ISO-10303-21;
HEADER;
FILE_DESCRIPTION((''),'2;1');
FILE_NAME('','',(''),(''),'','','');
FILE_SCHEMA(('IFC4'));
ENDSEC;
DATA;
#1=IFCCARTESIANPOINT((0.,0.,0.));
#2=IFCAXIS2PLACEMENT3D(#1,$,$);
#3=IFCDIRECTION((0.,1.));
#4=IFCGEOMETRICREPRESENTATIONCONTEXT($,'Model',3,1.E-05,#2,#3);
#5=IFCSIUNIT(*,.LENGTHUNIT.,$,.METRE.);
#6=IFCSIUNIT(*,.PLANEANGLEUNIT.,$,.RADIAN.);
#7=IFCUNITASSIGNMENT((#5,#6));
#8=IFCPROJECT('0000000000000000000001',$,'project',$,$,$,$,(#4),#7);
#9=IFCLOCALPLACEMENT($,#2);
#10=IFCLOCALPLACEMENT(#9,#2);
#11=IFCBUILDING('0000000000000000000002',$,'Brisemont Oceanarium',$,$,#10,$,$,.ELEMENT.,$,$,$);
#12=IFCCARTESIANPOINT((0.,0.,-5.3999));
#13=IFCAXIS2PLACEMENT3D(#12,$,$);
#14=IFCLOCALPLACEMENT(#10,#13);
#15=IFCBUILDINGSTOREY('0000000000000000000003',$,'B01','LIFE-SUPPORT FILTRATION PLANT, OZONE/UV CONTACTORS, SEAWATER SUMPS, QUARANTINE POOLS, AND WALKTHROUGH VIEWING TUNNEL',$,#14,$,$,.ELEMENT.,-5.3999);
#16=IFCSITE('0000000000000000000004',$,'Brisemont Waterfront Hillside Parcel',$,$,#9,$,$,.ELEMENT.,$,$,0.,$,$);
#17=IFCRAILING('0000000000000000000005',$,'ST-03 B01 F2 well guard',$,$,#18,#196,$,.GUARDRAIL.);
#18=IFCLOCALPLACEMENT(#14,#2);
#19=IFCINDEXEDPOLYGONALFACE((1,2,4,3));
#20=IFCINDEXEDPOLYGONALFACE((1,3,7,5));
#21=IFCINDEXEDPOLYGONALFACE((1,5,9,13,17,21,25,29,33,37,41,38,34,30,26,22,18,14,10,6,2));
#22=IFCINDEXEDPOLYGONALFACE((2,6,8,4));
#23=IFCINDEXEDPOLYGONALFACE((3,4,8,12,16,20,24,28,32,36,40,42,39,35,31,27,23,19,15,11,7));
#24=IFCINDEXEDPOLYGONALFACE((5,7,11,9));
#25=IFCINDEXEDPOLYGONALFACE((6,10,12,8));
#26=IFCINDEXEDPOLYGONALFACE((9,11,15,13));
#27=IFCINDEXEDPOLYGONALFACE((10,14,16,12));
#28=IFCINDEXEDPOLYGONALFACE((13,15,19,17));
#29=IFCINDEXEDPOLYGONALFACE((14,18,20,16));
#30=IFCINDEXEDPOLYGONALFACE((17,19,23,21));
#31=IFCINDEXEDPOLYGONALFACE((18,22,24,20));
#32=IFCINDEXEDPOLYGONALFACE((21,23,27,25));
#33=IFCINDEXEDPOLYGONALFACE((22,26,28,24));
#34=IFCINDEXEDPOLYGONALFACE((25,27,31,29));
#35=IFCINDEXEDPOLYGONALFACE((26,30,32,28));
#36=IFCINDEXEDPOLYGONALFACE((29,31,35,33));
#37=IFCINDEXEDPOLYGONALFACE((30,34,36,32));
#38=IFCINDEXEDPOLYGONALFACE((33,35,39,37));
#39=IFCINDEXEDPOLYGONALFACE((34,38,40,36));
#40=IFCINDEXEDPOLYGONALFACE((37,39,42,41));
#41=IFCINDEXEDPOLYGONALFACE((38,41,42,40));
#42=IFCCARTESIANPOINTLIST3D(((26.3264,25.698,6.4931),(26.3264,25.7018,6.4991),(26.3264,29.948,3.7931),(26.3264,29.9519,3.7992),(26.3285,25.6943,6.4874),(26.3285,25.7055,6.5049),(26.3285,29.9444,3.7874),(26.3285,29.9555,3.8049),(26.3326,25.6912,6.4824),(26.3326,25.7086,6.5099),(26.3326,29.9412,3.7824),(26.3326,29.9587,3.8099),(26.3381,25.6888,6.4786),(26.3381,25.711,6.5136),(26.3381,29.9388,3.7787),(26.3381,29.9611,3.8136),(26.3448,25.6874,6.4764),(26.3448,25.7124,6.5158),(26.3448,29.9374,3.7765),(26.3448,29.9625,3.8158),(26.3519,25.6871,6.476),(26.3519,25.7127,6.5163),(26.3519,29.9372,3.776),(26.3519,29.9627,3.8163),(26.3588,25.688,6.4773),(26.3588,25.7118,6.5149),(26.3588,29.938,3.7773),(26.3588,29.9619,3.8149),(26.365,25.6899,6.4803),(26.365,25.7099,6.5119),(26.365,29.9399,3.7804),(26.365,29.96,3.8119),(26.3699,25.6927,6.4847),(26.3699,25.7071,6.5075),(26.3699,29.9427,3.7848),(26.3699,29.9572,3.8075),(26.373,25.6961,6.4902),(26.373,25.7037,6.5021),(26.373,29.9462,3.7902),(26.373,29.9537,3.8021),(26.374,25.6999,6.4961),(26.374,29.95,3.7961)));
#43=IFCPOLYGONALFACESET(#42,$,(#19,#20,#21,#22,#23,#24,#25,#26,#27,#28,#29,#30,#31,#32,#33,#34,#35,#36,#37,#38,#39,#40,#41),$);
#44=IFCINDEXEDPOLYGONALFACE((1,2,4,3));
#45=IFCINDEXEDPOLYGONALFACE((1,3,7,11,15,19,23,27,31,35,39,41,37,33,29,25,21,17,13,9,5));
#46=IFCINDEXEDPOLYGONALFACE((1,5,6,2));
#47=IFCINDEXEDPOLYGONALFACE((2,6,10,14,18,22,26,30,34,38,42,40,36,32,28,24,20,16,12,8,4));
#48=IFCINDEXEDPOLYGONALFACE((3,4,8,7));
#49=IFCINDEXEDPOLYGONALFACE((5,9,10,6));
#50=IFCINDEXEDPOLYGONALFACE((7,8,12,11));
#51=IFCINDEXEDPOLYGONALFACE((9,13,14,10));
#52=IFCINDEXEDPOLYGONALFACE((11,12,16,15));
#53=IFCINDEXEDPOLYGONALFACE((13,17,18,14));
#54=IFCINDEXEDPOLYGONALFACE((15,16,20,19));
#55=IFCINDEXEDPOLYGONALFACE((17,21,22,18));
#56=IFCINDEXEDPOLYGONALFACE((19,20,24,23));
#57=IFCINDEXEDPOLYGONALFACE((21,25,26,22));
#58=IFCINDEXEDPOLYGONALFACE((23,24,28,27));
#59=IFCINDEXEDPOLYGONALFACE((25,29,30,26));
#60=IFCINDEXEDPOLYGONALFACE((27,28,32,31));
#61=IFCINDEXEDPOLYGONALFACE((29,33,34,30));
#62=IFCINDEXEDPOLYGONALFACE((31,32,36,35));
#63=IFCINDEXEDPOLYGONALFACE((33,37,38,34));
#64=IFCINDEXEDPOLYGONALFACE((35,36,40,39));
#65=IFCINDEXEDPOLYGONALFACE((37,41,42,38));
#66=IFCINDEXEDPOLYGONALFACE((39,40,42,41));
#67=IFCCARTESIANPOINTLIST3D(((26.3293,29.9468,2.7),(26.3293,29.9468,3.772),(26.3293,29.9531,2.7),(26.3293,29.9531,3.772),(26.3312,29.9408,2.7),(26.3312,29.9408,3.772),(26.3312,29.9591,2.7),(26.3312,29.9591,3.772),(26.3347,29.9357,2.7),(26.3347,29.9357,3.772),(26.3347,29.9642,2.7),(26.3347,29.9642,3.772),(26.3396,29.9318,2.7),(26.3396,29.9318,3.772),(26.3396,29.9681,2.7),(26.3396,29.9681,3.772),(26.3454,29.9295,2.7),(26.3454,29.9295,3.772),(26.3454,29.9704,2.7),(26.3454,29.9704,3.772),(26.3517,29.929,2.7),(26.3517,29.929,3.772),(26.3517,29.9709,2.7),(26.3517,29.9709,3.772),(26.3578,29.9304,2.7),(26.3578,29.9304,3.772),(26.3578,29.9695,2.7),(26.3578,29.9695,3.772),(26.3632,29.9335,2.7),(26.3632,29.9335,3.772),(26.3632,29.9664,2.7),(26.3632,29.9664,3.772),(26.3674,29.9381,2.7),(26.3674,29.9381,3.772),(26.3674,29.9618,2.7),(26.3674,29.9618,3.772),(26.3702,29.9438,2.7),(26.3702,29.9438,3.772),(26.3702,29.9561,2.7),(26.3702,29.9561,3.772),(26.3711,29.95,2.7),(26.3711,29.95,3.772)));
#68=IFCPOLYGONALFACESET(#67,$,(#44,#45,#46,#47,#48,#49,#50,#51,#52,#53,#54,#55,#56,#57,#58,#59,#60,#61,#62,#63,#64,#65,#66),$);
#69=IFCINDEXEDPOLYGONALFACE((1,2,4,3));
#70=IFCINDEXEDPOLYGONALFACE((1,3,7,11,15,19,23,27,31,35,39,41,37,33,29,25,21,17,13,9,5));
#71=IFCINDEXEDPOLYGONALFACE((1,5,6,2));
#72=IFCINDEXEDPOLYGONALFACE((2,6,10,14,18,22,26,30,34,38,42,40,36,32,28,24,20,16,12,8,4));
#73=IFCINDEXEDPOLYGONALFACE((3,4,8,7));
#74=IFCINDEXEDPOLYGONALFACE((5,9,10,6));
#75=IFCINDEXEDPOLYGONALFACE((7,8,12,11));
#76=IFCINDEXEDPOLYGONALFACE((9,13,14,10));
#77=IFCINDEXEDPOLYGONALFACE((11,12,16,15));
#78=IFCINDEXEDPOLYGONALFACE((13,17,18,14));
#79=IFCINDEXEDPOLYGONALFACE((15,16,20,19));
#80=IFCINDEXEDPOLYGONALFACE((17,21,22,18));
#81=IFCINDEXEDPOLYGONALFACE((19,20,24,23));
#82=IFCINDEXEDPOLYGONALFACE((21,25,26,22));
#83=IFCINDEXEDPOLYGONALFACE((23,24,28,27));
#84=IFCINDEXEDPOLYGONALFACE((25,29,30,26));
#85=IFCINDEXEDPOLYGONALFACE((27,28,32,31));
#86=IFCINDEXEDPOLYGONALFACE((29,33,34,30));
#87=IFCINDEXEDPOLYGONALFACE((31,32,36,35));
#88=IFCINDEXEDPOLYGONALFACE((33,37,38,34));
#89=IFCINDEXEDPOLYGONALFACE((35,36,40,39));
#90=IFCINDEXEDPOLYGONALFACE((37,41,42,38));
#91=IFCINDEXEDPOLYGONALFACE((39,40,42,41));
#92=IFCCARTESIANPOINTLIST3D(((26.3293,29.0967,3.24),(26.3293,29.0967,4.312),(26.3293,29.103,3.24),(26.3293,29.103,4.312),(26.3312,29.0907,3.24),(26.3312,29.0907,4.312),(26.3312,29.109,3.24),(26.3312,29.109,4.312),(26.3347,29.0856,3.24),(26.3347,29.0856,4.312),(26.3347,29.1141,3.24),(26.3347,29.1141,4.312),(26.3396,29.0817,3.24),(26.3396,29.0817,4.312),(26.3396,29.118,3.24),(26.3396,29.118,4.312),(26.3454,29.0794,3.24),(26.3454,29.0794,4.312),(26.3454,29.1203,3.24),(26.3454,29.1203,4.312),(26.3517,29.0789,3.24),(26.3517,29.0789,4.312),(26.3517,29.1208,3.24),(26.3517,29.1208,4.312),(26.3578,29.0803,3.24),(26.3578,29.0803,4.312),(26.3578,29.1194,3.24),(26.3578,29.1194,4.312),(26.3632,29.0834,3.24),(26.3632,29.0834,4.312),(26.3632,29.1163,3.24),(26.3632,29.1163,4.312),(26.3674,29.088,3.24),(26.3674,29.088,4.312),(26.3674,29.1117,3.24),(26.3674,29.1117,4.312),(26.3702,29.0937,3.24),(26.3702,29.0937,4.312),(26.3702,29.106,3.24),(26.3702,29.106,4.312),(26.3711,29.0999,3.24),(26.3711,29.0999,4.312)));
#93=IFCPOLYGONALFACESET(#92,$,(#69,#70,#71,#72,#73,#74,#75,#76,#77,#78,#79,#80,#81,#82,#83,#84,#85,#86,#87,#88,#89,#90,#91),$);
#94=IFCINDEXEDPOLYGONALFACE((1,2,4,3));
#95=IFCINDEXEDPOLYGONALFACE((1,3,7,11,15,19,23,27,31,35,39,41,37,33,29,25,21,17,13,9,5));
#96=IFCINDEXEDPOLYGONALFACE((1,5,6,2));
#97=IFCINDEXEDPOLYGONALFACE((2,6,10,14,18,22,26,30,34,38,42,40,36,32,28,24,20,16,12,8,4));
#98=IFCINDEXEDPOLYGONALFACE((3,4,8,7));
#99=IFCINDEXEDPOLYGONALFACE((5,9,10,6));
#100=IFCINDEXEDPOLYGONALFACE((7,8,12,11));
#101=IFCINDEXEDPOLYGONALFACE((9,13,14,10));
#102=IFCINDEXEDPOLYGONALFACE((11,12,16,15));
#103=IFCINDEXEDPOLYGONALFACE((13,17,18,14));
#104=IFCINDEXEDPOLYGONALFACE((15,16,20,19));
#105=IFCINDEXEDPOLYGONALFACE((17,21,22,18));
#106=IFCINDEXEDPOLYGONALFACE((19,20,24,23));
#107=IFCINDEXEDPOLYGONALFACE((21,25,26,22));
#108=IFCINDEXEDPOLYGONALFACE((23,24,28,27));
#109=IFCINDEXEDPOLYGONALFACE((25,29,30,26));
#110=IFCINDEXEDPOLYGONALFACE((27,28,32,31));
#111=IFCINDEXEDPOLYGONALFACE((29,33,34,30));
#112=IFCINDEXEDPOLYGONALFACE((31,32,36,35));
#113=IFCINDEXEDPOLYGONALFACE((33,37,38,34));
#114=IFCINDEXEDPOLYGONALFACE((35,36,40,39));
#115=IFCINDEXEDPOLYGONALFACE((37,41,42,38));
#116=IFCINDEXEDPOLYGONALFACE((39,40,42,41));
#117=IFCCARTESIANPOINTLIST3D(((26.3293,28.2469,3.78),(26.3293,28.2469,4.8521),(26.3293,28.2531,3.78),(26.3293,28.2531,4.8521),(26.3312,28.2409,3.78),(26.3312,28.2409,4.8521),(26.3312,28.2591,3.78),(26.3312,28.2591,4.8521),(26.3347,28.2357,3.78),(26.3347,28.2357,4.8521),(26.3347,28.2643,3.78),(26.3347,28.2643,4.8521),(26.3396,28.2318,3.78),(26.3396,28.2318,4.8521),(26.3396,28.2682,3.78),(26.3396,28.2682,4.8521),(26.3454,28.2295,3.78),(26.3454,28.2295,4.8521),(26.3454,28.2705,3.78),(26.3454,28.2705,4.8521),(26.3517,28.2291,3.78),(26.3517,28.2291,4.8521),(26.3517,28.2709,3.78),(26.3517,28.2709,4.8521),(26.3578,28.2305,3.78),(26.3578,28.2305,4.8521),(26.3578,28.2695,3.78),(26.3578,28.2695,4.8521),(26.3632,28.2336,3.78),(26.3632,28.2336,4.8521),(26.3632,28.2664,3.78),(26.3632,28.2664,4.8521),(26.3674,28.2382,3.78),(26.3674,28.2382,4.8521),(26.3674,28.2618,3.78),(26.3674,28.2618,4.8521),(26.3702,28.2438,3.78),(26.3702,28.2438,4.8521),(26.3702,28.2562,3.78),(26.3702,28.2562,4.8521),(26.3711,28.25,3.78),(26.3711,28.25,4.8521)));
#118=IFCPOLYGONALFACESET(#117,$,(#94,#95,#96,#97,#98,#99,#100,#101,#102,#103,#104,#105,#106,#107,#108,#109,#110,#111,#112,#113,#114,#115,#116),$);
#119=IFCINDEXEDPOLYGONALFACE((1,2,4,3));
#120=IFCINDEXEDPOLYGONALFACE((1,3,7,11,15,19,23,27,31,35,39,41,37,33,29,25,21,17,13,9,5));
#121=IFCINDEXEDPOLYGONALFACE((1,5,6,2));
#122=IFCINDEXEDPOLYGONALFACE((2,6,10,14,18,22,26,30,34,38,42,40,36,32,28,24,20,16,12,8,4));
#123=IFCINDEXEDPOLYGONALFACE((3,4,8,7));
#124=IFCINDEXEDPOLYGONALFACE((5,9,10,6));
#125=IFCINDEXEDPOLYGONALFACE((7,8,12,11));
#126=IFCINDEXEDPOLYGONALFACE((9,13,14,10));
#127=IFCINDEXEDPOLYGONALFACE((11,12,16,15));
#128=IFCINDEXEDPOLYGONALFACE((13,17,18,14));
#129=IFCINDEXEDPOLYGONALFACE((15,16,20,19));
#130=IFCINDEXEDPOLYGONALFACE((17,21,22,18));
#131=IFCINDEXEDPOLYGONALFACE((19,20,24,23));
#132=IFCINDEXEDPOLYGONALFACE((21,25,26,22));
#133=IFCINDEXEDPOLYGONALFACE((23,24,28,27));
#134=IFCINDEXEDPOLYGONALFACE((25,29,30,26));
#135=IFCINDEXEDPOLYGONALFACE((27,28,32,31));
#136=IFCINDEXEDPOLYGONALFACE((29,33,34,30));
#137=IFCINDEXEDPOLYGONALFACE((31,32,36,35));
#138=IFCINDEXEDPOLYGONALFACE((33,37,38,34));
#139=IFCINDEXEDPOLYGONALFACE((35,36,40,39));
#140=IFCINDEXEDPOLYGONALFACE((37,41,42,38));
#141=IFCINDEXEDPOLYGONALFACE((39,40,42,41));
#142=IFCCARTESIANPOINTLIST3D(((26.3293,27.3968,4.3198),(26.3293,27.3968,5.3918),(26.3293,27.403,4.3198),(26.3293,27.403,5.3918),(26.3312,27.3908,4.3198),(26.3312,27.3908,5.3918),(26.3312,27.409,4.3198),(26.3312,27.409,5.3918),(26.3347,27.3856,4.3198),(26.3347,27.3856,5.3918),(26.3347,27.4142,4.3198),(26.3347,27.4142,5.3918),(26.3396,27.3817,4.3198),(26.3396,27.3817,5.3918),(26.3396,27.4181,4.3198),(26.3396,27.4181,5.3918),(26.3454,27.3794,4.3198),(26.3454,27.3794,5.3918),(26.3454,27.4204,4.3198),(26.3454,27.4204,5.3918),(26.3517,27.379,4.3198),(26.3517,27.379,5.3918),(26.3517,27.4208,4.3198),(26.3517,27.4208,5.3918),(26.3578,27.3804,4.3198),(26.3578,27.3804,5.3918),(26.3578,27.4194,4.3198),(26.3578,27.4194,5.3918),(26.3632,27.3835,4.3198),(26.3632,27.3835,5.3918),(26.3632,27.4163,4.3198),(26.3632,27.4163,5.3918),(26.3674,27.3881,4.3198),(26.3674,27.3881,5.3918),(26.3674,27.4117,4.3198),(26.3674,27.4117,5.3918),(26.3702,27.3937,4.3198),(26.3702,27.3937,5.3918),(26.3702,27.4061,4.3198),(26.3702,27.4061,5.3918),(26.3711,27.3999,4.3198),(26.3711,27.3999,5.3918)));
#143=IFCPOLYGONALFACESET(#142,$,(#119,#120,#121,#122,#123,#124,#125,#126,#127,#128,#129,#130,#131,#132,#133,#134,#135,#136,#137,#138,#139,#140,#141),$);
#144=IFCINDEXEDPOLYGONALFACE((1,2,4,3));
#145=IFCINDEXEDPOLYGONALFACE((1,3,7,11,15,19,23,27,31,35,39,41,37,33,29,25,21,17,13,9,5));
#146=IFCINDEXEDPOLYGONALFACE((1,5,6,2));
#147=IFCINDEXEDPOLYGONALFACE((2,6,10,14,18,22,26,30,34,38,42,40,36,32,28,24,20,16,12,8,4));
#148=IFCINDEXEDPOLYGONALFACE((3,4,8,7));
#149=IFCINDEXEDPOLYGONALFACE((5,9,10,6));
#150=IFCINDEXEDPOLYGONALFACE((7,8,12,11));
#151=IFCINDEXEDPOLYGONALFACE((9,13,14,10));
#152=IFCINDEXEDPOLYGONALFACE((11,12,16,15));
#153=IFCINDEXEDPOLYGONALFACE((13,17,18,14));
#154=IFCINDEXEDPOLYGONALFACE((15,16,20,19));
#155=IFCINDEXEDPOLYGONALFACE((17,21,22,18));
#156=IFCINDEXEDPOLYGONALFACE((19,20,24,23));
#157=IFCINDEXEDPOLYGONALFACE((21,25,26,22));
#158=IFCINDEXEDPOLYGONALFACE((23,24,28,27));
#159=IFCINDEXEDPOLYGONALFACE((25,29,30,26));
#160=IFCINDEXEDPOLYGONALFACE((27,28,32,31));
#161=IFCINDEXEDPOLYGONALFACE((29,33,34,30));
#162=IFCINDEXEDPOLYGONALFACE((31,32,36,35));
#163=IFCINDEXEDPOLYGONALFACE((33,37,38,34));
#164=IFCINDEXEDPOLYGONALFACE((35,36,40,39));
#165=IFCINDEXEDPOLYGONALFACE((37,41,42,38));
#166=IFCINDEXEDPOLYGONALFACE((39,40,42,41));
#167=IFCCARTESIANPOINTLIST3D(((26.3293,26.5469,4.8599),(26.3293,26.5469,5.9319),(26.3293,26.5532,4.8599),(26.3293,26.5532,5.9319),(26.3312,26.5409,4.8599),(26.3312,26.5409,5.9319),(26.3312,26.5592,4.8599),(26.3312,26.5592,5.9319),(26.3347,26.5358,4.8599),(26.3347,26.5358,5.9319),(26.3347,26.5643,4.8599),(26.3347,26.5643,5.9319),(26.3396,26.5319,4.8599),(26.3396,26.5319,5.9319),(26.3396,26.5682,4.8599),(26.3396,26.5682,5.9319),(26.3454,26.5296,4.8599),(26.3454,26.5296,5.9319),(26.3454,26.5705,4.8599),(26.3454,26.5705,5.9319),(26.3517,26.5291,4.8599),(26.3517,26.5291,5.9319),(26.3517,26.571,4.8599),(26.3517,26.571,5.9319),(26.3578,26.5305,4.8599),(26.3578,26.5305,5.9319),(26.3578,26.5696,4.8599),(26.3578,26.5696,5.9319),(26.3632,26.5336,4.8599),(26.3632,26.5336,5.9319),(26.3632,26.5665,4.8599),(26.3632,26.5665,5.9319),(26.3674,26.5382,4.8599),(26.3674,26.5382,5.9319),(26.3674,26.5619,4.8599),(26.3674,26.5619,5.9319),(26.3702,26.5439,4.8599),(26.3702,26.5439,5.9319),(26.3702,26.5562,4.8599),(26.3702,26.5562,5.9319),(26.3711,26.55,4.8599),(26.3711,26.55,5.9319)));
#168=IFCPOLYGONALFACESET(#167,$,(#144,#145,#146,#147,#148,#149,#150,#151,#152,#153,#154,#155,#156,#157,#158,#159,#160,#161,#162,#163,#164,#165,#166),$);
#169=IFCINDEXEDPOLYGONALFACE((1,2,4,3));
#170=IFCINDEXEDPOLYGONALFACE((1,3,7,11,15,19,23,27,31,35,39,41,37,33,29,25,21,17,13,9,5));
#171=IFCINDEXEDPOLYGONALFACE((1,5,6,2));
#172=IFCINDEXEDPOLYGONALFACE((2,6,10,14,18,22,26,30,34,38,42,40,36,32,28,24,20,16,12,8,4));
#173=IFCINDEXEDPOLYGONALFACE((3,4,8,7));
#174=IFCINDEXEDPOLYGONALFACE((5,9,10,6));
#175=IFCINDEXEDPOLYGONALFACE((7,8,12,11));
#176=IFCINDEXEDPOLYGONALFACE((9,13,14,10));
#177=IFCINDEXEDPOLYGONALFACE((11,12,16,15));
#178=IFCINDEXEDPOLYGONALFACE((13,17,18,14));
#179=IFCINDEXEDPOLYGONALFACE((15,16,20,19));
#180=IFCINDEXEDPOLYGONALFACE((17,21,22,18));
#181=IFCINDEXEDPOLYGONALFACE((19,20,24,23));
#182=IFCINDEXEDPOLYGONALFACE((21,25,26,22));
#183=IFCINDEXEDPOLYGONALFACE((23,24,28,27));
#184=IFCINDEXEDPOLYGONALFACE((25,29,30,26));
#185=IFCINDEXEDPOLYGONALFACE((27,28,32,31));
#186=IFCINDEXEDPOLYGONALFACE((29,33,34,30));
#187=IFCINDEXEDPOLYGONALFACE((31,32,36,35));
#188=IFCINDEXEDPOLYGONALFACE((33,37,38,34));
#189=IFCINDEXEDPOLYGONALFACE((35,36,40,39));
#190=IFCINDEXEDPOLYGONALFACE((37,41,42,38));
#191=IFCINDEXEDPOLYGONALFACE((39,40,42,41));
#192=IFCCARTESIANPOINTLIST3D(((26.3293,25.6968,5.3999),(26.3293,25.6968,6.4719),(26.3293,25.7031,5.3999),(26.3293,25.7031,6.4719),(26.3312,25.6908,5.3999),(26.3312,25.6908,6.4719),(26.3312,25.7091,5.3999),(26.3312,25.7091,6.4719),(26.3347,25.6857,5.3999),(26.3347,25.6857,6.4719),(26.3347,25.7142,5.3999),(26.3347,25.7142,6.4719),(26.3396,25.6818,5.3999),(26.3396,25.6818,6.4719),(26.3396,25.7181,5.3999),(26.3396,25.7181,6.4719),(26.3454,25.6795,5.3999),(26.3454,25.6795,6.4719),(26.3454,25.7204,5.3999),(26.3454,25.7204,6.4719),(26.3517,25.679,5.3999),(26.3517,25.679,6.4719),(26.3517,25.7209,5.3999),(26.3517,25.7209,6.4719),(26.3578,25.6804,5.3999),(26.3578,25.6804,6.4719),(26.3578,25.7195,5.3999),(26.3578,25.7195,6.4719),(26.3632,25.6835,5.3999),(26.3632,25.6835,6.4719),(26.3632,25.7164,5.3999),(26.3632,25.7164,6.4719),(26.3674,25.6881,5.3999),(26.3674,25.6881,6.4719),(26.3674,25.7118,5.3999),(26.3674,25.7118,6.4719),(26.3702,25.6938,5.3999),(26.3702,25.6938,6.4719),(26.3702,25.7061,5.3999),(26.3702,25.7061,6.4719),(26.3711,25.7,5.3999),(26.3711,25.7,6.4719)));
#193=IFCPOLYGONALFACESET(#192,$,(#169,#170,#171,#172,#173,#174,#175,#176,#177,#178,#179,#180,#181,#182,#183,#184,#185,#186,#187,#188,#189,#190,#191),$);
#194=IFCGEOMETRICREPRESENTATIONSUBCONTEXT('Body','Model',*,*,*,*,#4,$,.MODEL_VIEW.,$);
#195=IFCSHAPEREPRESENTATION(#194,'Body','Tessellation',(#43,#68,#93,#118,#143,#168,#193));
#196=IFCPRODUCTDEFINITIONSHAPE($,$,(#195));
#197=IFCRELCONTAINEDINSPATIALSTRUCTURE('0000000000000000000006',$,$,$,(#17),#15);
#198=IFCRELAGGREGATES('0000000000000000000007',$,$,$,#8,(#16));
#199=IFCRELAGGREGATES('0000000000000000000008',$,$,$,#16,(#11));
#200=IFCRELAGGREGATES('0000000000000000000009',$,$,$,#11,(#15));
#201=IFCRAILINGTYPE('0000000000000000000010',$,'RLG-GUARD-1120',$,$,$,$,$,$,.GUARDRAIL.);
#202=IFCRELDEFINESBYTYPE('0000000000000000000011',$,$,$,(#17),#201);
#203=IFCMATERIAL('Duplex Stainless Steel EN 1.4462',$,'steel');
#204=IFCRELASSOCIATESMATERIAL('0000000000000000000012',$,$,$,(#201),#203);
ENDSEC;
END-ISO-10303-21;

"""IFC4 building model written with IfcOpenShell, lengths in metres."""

from ifc_helpers import new_model, si_unit, direction, frame, origin, origin_2d, place, context, subcontext, project, spatial, circle, extrude, material, type_object, element, save


model = new_model("IFC4")

# Units and contexts
model_context = context("Model", 3, precision=1e-05, world=origin(), true_north=direction((0.0, 1.0)))
body_context = subcontext(model_context, "Body", "Model", "MODEL_VIEW")
ifc_project = project(units=[si_unit("LENGTHUNIT", "METRE"), si_unit("PLANEANGLEUNIT", "RADIAN")], contexts=[model_context])

# Site, building, storey
site_placement = place(None, origin())
site = spatial("IfcSite", under=ifc_project, at=site_placement, Name="Brisemont Waterfront Hillside Parcel", CompositionType="ELEMENT", RefElevation=0.0)
building_placement = place(site_placement, origin())
building = spatial("IfcBuilding", under=site, at=building_placement, Name="Brisemont Oceanarium", CompositionType="ELEMENT")
storey_placement = place(building_placement, frame((0.0, 0.0, -5.3999)))
storey = spatial("IfcBuildingStorey", under=building, at=storey_placement, Name="B01", Description="LIFE-SUPPORT FILTRATION PLANT, OZONE/UV CONTACTORS, SEAWATER SUMPS, QUARANTINE POOLS, AND WALKTHROUGH VIEWING TUNNEL", CompositionType="ELEMENT", Elevation=-5.3999)

# Railing
ifc_material_1 = material(Name="Duplex Stainless Steel EN 1.4462", Category="steel")
railing_type_1 = type_object("IfcRailingType", Name="RLG-GUARD-1120", PredefinedType="GUARDRAIL", material=ifc_material_1)
railing_1_placement = place(storey_placement, frame((26.3501, 29.95, 2.7)))
element("IfcRailing", 1, at=railing_1_placement, inside=storey, type_object=railing_type_1, Name="ST-03 B01 F2 well guard", PredefinedType="GUARDRAIL", context=body_context, shape_type="SweptSolid", body=[
    extrude(circle(Radius=0.0239, at=origin_2d()), frame((0.0, 0.0, 1.0962), z_axis=(0.0, -0.844075, 0.536226), x_axis=(1.0, 0.0, 0.0)), (0.0, 0.0, 1.0), 5.0352),
    extrude(circle(Radius=0.021, at=origin_2d()), origin(), (0.0, 0.0, 1.0), 1.072),
    extrude(circle(Radius=0.021, at=origin_2d()), frame((0.0, -0.8501, 0.54)), (0.0, 0.0, 1.0), 1.072),
    extrude(circle(Radius=0.021, at=origin_2d()), frame((0.0, -1.7, 1.0801)), (0.0, 0.0, 1.0), 1.072),
    extrude(circle(Radius=0.021, at=origin_2d()), frame((0.0, -2.55, 1.6199)), (0.0, 0.0, 1.0), 1.072),
    extrude(circle(Radius=0.021, at=origin_2d()), frame((0.0, -3.3999, 2.1599)), (0.0, 0.0, 1.0), 1.072),
    extrude(circle(Radius=0.021, at=origin_2d()), frame((0.0, -4.25, 2.7)), (0.0, 0.0, 1.0), 1.072),
])

save(model, "model.ifc")
